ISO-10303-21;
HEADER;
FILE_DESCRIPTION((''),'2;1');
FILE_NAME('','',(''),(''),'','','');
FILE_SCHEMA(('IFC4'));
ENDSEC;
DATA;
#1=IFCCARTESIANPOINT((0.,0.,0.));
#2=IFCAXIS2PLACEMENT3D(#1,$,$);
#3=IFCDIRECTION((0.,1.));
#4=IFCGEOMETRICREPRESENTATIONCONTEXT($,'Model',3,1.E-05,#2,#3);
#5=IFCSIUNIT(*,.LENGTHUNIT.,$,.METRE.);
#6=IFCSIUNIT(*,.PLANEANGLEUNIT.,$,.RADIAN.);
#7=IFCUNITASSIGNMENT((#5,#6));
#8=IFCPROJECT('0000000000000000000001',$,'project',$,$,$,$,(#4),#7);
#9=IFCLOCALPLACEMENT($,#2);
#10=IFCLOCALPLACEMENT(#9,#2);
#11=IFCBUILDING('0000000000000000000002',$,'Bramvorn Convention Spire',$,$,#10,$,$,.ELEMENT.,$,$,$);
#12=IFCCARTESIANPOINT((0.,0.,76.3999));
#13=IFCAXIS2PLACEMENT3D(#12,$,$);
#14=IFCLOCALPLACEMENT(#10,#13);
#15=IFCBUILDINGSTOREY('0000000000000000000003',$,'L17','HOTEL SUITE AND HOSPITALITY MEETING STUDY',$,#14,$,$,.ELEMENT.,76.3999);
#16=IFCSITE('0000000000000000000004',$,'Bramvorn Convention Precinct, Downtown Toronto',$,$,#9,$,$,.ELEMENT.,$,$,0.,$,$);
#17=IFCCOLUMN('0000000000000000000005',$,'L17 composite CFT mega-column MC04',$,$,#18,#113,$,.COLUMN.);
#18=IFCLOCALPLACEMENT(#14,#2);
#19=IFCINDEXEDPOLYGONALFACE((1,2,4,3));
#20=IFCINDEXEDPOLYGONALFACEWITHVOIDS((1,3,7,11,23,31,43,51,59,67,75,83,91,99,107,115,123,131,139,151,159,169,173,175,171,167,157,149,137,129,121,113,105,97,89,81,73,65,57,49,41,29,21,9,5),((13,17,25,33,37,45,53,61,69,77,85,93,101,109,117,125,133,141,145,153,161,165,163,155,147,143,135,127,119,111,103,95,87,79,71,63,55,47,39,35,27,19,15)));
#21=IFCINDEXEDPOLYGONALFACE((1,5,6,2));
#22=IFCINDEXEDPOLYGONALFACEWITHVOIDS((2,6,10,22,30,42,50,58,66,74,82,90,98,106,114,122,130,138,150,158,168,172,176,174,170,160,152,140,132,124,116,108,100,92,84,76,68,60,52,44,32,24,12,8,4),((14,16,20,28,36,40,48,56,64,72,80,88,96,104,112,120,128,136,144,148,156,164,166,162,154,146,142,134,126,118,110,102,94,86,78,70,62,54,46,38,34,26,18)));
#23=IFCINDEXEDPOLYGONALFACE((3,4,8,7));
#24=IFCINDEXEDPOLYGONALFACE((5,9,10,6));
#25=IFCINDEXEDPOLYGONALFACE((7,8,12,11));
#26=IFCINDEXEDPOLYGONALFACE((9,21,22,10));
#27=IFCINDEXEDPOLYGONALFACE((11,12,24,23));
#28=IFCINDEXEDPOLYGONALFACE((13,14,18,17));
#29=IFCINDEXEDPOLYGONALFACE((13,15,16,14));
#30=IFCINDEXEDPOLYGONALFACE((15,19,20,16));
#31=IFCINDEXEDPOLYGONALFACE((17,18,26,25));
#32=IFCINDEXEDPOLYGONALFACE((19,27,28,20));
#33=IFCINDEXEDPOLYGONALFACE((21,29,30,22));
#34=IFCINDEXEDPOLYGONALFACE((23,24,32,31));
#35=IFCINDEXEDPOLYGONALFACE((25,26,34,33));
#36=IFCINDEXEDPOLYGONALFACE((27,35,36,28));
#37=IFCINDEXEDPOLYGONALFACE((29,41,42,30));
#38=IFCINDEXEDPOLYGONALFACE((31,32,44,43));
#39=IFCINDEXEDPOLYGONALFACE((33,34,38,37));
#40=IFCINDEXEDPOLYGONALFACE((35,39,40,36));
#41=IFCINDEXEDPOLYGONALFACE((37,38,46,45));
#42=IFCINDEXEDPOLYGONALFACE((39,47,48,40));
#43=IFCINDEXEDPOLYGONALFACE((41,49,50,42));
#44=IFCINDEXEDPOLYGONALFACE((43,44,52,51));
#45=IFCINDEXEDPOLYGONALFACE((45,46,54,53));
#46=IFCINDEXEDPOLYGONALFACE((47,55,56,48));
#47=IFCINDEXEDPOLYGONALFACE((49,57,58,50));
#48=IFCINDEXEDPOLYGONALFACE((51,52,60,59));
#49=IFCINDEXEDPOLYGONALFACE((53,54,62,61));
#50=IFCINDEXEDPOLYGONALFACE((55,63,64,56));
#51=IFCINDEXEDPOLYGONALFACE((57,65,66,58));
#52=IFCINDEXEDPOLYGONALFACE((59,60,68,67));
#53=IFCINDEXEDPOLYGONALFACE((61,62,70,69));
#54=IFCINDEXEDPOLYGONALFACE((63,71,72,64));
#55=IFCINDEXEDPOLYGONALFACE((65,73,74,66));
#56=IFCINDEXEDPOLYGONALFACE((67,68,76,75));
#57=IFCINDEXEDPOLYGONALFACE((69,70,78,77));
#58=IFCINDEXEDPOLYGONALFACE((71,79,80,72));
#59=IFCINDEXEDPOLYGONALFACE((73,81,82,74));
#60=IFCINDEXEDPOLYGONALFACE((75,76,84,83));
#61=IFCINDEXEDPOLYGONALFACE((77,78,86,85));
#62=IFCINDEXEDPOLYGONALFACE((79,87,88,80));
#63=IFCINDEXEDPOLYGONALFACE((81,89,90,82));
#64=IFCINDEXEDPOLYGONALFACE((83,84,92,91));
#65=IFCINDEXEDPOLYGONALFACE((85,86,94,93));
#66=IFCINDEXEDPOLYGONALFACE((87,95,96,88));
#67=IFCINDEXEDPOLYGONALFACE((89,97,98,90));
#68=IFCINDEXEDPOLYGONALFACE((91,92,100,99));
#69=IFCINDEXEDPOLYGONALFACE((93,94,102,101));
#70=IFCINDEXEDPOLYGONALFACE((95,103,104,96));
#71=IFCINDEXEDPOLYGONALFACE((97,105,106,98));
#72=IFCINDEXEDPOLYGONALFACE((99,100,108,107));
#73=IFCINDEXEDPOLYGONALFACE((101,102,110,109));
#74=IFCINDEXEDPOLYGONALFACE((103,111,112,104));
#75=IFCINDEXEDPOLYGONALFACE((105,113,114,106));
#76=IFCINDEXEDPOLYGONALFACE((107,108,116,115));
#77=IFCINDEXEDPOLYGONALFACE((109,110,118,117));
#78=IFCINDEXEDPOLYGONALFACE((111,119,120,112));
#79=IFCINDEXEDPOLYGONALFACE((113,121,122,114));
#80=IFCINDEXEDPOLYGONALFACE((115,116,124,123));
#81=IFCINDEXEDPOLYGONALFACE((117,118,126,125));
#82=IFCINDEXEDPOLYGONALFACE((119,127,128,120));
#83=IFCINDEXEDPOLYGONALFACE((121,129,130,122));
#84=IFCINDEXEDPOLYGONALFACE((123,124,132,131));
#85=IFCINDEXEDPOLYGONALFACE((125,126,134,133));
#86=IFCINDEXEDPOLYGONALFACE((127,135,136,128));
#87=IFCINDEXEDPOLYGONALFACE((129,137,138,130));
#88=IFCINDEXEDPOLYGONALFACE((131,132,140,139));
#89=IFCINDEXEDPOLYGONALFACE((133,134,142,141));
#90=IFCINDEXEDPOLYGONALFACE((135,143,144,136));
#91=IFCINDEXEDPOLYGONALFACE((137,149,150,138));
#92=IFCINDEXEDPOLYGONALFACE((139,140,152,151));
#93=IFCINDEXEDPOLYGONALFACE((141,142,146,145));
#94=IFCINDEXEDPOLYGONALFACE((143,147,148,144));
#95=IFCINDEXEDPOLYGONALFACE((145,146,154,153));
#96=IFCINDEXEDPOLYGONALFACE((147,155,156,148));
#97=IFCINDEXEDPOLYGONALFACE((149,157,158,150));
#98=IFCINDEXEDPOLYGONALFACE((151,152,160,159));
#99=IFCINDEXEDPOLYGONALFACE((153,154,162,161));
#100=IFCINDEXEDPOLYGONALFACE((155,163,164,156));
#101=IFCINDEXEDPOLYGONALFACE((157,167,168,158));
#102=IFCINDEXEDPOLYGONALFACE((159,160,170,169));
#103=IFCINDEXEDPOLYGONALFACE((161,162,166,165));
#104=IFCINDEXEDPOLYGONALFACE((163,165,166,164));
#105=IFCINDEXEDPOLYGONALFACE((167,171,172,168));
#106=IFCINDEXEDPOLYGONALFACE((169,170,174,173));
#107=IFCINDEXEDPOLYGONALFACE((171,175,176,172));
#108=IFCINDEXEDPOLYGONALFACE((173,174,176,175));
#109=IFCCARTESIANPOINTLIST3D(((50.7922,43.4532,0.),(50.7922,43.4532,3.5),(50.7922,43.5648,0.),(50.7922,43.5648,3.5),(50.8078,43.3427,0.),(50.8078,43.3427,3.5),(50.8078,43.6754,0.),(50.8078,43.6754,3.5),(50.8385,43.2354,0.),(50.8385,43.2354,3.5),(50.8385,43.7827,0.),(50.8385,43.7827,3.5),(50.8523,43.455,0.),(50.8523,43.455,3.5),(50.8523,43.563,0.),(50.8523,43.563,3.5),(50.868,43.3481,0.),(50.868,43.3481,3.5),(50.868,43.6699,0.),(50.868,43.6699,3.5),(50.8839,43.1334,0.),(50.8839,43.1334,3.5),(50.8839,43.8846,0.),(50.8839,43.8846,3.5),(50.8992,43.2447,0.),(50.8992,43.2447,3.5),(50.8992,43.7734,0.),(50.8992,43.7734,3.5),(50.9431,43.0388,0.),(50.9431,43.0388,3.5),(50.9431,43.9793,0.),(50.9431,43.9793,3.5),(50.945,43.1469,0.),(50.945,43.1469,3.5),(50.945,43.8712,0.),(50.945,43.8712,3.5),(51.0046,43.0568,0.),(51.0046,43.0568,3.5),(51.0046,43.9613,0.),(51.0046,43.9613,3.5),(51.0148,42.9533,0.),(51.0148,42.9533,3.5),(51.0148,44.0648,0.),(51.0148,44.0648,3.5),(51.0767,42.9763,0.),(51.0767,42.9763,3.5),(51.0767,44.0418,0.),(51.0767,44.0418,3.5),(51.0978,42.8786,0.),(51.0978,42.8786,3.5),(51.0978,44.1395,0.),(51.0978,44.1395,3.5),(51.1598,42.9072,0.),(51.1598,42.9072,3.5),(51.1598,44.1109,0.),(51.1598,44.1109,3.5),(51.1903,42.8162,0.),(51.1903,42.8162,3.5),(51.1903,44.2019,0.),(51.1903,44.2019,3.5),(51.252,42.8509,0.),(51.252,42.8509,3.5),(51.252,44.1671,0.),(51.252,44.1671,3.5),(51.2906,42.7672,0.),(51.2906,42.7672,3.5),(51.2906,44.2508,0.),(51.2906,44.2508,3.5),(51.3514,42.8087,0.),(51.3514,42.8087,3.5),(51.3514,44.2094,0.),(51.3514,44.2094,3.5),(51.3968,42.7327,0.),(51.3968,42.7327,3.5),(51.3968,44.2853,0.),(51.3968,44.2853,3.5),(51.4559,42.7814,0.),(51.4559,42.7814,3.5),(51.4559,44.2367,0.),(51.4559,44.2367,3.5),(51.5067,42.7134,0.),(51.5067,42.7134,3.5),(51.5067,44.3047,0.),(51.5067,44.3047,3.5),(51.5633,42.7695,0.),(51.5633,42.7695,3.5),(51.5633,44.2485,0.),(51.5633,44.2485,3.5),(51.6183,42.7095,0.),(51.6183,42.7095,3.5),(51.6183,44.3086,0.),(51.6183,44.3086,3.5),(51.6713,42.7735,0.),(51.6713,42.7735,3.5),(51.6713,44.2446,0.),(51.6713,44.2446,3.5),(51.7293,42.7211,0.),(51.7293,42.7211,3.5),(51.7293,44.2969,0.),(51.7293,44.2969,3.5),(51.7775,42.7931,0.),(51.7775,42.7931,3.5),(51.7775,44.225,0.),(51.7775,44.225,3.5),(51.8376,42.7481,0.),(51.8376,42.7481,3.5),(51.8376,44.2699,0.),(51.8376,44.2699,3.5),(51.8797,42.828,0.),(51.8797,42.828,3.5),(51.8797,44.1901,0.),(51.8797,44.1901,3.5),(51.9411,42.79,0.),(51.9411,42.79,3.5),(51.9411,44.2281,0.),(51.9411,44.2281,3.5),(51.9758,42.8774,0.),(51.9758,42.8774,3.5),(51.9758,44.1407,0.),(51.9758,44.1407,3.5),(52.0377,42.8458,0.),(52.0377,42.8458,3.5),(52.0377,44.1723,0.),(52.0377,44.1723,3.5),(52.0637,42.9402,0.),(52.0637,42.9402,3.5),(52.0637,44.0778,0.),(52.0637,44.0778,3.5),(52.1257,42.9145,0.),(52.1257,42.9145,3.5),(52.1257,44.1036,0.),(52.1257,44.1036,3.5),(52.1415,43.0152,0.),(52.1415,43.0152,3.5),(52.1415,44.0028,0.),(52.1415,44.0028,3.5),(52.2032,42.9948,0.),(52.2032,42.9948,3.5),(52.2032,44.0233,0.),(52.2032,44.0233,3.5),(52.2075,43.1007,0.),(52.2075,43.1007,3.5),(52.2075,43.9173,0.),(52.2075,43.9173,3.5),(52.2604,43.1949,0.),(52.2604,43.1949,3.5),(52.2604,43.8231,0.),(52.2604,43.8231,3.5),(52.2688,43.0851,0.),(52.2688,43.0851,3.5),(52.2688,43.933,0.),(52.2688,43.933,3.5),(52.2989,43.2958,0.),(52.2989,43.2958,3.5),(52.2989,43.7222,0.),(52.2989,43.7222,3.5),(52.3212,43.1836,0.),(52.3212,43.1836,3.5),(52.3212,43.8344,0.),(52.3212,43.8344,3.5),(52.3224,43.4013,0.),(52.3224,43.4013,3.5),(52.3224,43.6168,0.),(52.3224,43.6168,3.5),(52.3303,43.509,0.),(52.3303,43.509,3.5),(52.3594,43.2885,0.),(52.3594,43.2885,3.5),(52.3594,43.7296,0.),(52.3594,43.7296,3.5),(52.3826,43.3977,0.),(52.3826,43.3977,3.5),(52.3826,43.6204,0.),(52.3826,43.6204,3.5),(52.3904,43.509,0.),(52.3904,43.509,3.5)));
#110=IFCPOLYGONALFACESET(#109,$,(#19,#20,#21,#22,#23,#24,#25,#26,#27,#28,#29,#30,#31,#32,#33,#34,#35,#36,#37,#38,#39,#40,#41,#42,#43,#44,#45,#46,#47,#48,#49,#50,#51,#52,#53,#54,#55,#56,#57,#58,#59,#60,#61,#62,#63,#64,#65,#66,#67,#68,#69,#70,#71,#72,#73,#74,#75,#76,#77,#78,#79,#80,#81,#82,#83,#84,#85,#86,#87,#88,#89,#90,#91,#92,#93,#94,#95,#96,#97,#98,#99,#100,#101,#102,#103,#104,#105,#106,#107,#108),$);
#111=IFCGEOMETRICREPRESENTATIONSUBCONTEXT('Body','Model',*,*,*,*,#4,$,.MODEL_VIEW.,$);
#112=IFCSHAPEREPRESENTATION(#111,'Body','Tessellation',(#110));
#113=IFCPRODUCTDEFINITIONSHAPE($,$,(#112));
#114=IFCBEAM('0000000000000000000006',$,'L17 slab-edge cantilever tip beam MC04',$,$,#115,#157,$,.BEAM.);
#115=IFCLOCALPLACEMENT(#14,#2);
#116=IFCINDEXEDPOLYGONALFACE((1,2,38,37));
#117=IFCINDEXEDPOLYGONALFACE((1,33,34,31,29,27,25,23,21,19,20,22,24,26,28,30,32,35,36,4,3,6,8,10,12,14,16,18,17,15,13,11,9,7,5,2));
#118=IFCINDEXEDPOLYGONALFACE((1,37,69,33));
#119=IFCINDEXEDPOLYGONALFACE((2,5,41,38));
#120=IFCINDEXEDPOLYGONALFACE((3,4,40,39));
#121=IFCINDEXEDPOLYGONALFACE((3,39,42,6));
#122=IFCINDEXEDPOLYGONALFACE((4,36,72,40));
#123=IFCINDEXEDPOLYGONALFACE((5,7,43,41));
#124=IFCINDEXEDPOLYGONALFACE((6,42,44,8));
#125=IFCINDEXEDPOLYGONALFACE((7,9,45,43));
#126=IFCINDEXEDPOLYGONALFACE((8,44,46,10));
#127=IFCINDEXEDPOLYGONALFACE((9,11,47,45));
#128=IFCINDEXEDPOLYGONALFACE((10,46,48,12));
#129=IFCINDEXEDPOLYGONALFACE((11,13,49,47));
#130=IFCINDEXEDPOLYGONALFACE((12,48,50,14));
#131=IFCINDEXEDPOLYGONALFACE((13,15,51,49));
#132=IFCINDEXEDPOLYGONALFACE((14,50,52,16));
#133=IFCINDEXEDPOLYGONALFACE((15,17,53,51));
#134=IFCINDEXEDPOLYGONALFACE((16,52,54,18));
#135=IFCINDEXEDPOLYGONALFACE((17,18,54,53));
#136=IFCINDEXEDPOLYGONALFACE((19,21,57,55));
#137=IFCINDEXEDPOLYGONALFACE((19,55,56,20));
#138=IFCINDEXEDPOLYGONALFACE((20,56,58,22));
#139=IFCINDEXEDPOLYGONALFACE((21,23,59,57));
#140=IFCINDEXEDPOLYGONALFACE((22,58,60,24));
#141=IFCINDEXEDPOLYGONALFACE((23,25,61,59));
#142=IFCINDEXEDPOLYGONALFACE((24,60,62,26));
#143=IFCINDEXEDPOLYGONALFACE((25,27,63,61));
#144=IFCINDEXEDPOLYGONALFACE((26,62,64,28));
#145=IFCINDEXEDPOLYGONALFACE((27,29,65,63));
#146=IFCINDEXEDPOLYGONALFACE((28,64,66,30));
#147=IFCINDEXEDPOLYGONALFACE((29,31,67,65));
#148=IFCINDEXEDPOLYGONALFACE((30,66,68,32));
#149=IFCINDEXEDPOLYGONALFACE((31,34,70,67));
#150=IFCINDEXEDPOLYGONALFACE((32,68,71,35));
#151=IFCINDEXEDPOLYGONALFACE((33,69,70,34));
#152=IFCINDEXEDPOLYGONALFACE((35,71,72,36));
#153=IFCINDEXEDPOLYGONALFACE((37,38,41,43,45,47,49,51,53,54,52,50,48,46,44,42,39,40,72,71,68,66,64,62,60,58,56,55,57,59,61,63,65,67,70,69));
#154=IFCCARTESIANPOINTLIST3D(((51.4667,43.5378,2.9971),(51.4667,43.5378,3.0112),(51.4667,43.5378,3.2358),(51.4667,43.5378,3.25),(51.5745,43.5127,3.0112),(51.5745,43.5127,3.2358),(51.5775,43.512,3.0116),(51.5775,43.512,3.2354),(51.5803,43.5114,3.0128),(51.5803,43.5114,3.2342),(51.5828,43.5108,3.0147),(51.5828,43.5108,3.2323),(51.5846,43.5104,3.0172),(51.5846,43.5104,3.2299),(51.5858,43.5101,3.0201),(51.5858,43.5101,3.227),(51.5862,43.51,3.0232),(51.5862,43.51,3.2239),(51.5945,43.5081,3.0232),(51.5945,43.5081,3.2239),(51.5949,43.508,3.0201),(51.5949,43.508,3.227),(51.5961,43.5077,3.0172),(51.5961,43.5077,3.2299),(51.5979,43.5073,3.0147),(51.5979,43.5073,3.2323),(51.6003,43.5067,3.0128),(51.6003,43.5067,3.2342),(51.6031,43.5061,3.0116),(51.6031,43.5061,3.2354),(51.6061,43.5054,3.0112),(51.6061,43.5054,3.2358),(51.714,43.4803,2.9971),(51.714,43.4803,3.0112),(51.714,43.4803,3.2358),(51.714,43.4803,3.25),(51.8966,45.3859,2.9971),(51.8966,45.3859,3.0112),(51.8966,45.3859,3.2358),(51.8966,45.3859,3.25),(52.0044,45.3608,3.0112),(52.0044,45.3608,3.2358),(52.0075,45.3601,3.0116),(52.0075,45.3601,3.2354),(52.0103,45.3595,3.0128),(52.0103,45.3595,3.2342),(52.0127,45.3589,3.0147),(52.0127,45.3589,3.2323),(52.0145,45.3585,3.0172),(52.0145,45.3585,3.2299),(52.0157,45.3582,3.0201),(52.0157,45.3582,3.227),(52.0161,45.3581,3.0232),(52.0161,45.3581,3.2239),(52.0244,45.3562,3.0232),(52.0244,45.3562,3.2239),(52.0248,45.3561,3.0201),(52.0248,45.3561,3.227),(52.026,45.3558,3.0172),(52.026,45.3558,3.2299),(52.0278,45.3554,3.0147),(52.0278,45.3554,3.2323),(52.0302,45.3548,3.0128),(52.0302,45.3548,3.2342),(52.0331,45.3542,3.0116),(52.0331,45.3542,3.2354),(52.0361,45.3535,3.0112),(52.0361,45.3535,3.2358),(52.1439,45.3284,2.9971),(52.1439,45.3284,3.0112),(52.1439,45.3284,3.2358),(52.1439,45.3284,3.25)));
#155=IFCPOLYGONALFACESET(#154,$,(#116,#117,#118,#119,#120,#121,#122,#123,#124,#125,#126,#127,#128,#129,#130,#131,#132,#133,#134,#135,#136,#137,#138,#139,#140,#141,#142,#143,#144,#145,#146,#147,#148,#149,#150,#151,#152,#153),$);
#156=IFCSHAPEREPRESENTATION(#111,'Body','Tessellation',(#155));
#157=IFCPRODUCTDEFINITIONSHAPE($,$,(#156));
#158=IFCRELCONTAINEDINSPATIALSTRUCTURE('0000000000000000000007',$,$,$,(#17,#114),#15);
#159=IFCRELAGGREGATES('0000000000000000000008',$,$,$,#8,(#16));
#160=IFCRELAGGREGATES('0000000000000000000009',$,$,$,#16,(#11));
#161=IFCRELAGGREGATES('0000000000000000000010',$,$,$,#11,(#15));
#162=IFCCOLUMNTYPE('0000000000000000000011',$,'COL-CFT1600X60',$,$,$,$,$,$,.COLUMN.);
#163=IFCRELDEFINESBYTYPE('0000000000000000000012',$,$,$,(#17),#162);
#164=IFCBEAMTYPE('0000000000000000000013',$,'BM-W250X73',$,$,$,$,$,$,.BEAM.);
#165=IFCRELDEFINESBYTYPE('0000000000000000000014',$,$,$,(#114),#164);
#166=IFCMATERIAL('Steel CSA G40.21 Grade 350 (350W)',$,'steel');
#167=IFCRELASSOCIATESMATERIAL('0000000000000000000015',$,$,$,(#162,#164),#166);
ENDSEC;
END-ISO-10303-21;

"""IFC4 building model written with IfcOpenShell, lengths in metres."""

from ifc_helpers import new_model, si_unit, direction, frame, origin, origin_2d, place, context, subcontext, project, spatial, hollow_circle, i_section, extrude, material, material_profile, profile_set, type_object, element, save


model = new_model("IFC4")

# Units and contexts
model_context = context("Model", 3, precision=1e-05, world=origin(), true_north=direction((0.0, 1.0)))
body_context = subcontext(model_context, "Body", "Model", "MODEL_VIEW")
ifc_project = project(units=[si_unit("LENGTHUNIT", "METRE"), si_unit("PLANEANGLEUNIT", "RADIAN")], contexts=[model_context])

# Site, building, storey
site_placement = place(None, origin())
site = spatial("IfcSite", under=ifc_project, at=site_placement, Name="Bramvorn Convention Precinct, Downtown Toronto", CompositionType="ELEMENT", RefElevation=0.0)
building_placement = place(site_placement, origin())
building = spatial("IfcBuilding", under=site, at=building_placement, Name="Bramvorn Convention Spire", CompositionType="ELEMENT")
storey_placement = place(building_placement, frame((0.0, 0.0, 76.3999)))
storey = spatial("IfcBuildingStorey", under=building, at=storey_placement, Name="L17", Description="HOTEL SUITE AND HOSPITALITY MEETING STUDY", CompositionType="ELEMENT", Elevation=76.3999)

# Column
ifc_material_1 = material(Name="Steel CSA G40.21 Grade 350 (350W)", Category="steel")
ifc_material_profile_1 = material_profile(ifc_material_1, hollow_circle(Radius=0.8, WallThickness=0.0601, at=origin_2d()))
ifc_profile_set_1 = profile_set([ifc_material_profile_1], Name="Steel CSA G40.21 Grade 350 (350W) - CFT1600X60")
column_type = type_object("IfcColumnType", Name="COL-CFT1600X60", PredefinedType="COLUMN", material=ifc_profile_set_1)
column_placement = place(storey_placement, frame((51.5903, 43.509, 0.0), z_axis=(0.0, 0.0, 1.0), x_axis=(1.0, 0.0, 0.0)))
element("IfcColumn", 1, at=column_placement, inside=storey, type_object=column_type, Name="L17 composite CFT mega-column MC04", PredefinedType="COLUMN", context=body_context, shape_type="SweptSolid", body=[
    extrude(hollow_circle(Radius=0.8, WallThickness=0.0601, at=origin_2d()), origin(), (0.0, 0.0, 1.0), 3.5),
])

# Beam
ifc_material_profile_2 = material_profile(ifc_material_1, i_section(OverallWidth=0.2539, OverallDepth=0.2529, WebThickness=0.0085, FlangeThickness=0.0142, FilletRadius=0.012, at=origin_2d()))
ifc_profile_set_2 = profile_set([ifc_material_profile_2], Name="Steel CSA G40.21 Grade 350 (350W) - W250X73")
beam_type_1 = type_object("IfcBeamType", Name="BM-W250X73", PredefinedType="BEAM", material=ifc_profile_set_2)
beam_1_placement = place(storey_placement, frame((51.5903, 43.509, 3.1235), z_axis=(0.226579, 0.973993, 0.0), x_axis=(-0.973993, 0.226579, 0.0)))
element("IfcBeam", 2, at=beam_1_placement, inside=storey, type_object=beam_type_1, Name="L17 slab-edge cantilever tip beam MC04", PredefinedType="BEAM", context=body_context, shape_type="SweptSolid", body=[
    extrude(i_section(OverallWidth=0.2539, OverallDepth=0.2529, WebThickness=0.0085, FlangeThickness=0.0142, FilletRadius=0.012, at=origin_2d()), origin(), (0.0, 0.0, 1.0), 1.8975),
])

save(model, "model.ifc")
